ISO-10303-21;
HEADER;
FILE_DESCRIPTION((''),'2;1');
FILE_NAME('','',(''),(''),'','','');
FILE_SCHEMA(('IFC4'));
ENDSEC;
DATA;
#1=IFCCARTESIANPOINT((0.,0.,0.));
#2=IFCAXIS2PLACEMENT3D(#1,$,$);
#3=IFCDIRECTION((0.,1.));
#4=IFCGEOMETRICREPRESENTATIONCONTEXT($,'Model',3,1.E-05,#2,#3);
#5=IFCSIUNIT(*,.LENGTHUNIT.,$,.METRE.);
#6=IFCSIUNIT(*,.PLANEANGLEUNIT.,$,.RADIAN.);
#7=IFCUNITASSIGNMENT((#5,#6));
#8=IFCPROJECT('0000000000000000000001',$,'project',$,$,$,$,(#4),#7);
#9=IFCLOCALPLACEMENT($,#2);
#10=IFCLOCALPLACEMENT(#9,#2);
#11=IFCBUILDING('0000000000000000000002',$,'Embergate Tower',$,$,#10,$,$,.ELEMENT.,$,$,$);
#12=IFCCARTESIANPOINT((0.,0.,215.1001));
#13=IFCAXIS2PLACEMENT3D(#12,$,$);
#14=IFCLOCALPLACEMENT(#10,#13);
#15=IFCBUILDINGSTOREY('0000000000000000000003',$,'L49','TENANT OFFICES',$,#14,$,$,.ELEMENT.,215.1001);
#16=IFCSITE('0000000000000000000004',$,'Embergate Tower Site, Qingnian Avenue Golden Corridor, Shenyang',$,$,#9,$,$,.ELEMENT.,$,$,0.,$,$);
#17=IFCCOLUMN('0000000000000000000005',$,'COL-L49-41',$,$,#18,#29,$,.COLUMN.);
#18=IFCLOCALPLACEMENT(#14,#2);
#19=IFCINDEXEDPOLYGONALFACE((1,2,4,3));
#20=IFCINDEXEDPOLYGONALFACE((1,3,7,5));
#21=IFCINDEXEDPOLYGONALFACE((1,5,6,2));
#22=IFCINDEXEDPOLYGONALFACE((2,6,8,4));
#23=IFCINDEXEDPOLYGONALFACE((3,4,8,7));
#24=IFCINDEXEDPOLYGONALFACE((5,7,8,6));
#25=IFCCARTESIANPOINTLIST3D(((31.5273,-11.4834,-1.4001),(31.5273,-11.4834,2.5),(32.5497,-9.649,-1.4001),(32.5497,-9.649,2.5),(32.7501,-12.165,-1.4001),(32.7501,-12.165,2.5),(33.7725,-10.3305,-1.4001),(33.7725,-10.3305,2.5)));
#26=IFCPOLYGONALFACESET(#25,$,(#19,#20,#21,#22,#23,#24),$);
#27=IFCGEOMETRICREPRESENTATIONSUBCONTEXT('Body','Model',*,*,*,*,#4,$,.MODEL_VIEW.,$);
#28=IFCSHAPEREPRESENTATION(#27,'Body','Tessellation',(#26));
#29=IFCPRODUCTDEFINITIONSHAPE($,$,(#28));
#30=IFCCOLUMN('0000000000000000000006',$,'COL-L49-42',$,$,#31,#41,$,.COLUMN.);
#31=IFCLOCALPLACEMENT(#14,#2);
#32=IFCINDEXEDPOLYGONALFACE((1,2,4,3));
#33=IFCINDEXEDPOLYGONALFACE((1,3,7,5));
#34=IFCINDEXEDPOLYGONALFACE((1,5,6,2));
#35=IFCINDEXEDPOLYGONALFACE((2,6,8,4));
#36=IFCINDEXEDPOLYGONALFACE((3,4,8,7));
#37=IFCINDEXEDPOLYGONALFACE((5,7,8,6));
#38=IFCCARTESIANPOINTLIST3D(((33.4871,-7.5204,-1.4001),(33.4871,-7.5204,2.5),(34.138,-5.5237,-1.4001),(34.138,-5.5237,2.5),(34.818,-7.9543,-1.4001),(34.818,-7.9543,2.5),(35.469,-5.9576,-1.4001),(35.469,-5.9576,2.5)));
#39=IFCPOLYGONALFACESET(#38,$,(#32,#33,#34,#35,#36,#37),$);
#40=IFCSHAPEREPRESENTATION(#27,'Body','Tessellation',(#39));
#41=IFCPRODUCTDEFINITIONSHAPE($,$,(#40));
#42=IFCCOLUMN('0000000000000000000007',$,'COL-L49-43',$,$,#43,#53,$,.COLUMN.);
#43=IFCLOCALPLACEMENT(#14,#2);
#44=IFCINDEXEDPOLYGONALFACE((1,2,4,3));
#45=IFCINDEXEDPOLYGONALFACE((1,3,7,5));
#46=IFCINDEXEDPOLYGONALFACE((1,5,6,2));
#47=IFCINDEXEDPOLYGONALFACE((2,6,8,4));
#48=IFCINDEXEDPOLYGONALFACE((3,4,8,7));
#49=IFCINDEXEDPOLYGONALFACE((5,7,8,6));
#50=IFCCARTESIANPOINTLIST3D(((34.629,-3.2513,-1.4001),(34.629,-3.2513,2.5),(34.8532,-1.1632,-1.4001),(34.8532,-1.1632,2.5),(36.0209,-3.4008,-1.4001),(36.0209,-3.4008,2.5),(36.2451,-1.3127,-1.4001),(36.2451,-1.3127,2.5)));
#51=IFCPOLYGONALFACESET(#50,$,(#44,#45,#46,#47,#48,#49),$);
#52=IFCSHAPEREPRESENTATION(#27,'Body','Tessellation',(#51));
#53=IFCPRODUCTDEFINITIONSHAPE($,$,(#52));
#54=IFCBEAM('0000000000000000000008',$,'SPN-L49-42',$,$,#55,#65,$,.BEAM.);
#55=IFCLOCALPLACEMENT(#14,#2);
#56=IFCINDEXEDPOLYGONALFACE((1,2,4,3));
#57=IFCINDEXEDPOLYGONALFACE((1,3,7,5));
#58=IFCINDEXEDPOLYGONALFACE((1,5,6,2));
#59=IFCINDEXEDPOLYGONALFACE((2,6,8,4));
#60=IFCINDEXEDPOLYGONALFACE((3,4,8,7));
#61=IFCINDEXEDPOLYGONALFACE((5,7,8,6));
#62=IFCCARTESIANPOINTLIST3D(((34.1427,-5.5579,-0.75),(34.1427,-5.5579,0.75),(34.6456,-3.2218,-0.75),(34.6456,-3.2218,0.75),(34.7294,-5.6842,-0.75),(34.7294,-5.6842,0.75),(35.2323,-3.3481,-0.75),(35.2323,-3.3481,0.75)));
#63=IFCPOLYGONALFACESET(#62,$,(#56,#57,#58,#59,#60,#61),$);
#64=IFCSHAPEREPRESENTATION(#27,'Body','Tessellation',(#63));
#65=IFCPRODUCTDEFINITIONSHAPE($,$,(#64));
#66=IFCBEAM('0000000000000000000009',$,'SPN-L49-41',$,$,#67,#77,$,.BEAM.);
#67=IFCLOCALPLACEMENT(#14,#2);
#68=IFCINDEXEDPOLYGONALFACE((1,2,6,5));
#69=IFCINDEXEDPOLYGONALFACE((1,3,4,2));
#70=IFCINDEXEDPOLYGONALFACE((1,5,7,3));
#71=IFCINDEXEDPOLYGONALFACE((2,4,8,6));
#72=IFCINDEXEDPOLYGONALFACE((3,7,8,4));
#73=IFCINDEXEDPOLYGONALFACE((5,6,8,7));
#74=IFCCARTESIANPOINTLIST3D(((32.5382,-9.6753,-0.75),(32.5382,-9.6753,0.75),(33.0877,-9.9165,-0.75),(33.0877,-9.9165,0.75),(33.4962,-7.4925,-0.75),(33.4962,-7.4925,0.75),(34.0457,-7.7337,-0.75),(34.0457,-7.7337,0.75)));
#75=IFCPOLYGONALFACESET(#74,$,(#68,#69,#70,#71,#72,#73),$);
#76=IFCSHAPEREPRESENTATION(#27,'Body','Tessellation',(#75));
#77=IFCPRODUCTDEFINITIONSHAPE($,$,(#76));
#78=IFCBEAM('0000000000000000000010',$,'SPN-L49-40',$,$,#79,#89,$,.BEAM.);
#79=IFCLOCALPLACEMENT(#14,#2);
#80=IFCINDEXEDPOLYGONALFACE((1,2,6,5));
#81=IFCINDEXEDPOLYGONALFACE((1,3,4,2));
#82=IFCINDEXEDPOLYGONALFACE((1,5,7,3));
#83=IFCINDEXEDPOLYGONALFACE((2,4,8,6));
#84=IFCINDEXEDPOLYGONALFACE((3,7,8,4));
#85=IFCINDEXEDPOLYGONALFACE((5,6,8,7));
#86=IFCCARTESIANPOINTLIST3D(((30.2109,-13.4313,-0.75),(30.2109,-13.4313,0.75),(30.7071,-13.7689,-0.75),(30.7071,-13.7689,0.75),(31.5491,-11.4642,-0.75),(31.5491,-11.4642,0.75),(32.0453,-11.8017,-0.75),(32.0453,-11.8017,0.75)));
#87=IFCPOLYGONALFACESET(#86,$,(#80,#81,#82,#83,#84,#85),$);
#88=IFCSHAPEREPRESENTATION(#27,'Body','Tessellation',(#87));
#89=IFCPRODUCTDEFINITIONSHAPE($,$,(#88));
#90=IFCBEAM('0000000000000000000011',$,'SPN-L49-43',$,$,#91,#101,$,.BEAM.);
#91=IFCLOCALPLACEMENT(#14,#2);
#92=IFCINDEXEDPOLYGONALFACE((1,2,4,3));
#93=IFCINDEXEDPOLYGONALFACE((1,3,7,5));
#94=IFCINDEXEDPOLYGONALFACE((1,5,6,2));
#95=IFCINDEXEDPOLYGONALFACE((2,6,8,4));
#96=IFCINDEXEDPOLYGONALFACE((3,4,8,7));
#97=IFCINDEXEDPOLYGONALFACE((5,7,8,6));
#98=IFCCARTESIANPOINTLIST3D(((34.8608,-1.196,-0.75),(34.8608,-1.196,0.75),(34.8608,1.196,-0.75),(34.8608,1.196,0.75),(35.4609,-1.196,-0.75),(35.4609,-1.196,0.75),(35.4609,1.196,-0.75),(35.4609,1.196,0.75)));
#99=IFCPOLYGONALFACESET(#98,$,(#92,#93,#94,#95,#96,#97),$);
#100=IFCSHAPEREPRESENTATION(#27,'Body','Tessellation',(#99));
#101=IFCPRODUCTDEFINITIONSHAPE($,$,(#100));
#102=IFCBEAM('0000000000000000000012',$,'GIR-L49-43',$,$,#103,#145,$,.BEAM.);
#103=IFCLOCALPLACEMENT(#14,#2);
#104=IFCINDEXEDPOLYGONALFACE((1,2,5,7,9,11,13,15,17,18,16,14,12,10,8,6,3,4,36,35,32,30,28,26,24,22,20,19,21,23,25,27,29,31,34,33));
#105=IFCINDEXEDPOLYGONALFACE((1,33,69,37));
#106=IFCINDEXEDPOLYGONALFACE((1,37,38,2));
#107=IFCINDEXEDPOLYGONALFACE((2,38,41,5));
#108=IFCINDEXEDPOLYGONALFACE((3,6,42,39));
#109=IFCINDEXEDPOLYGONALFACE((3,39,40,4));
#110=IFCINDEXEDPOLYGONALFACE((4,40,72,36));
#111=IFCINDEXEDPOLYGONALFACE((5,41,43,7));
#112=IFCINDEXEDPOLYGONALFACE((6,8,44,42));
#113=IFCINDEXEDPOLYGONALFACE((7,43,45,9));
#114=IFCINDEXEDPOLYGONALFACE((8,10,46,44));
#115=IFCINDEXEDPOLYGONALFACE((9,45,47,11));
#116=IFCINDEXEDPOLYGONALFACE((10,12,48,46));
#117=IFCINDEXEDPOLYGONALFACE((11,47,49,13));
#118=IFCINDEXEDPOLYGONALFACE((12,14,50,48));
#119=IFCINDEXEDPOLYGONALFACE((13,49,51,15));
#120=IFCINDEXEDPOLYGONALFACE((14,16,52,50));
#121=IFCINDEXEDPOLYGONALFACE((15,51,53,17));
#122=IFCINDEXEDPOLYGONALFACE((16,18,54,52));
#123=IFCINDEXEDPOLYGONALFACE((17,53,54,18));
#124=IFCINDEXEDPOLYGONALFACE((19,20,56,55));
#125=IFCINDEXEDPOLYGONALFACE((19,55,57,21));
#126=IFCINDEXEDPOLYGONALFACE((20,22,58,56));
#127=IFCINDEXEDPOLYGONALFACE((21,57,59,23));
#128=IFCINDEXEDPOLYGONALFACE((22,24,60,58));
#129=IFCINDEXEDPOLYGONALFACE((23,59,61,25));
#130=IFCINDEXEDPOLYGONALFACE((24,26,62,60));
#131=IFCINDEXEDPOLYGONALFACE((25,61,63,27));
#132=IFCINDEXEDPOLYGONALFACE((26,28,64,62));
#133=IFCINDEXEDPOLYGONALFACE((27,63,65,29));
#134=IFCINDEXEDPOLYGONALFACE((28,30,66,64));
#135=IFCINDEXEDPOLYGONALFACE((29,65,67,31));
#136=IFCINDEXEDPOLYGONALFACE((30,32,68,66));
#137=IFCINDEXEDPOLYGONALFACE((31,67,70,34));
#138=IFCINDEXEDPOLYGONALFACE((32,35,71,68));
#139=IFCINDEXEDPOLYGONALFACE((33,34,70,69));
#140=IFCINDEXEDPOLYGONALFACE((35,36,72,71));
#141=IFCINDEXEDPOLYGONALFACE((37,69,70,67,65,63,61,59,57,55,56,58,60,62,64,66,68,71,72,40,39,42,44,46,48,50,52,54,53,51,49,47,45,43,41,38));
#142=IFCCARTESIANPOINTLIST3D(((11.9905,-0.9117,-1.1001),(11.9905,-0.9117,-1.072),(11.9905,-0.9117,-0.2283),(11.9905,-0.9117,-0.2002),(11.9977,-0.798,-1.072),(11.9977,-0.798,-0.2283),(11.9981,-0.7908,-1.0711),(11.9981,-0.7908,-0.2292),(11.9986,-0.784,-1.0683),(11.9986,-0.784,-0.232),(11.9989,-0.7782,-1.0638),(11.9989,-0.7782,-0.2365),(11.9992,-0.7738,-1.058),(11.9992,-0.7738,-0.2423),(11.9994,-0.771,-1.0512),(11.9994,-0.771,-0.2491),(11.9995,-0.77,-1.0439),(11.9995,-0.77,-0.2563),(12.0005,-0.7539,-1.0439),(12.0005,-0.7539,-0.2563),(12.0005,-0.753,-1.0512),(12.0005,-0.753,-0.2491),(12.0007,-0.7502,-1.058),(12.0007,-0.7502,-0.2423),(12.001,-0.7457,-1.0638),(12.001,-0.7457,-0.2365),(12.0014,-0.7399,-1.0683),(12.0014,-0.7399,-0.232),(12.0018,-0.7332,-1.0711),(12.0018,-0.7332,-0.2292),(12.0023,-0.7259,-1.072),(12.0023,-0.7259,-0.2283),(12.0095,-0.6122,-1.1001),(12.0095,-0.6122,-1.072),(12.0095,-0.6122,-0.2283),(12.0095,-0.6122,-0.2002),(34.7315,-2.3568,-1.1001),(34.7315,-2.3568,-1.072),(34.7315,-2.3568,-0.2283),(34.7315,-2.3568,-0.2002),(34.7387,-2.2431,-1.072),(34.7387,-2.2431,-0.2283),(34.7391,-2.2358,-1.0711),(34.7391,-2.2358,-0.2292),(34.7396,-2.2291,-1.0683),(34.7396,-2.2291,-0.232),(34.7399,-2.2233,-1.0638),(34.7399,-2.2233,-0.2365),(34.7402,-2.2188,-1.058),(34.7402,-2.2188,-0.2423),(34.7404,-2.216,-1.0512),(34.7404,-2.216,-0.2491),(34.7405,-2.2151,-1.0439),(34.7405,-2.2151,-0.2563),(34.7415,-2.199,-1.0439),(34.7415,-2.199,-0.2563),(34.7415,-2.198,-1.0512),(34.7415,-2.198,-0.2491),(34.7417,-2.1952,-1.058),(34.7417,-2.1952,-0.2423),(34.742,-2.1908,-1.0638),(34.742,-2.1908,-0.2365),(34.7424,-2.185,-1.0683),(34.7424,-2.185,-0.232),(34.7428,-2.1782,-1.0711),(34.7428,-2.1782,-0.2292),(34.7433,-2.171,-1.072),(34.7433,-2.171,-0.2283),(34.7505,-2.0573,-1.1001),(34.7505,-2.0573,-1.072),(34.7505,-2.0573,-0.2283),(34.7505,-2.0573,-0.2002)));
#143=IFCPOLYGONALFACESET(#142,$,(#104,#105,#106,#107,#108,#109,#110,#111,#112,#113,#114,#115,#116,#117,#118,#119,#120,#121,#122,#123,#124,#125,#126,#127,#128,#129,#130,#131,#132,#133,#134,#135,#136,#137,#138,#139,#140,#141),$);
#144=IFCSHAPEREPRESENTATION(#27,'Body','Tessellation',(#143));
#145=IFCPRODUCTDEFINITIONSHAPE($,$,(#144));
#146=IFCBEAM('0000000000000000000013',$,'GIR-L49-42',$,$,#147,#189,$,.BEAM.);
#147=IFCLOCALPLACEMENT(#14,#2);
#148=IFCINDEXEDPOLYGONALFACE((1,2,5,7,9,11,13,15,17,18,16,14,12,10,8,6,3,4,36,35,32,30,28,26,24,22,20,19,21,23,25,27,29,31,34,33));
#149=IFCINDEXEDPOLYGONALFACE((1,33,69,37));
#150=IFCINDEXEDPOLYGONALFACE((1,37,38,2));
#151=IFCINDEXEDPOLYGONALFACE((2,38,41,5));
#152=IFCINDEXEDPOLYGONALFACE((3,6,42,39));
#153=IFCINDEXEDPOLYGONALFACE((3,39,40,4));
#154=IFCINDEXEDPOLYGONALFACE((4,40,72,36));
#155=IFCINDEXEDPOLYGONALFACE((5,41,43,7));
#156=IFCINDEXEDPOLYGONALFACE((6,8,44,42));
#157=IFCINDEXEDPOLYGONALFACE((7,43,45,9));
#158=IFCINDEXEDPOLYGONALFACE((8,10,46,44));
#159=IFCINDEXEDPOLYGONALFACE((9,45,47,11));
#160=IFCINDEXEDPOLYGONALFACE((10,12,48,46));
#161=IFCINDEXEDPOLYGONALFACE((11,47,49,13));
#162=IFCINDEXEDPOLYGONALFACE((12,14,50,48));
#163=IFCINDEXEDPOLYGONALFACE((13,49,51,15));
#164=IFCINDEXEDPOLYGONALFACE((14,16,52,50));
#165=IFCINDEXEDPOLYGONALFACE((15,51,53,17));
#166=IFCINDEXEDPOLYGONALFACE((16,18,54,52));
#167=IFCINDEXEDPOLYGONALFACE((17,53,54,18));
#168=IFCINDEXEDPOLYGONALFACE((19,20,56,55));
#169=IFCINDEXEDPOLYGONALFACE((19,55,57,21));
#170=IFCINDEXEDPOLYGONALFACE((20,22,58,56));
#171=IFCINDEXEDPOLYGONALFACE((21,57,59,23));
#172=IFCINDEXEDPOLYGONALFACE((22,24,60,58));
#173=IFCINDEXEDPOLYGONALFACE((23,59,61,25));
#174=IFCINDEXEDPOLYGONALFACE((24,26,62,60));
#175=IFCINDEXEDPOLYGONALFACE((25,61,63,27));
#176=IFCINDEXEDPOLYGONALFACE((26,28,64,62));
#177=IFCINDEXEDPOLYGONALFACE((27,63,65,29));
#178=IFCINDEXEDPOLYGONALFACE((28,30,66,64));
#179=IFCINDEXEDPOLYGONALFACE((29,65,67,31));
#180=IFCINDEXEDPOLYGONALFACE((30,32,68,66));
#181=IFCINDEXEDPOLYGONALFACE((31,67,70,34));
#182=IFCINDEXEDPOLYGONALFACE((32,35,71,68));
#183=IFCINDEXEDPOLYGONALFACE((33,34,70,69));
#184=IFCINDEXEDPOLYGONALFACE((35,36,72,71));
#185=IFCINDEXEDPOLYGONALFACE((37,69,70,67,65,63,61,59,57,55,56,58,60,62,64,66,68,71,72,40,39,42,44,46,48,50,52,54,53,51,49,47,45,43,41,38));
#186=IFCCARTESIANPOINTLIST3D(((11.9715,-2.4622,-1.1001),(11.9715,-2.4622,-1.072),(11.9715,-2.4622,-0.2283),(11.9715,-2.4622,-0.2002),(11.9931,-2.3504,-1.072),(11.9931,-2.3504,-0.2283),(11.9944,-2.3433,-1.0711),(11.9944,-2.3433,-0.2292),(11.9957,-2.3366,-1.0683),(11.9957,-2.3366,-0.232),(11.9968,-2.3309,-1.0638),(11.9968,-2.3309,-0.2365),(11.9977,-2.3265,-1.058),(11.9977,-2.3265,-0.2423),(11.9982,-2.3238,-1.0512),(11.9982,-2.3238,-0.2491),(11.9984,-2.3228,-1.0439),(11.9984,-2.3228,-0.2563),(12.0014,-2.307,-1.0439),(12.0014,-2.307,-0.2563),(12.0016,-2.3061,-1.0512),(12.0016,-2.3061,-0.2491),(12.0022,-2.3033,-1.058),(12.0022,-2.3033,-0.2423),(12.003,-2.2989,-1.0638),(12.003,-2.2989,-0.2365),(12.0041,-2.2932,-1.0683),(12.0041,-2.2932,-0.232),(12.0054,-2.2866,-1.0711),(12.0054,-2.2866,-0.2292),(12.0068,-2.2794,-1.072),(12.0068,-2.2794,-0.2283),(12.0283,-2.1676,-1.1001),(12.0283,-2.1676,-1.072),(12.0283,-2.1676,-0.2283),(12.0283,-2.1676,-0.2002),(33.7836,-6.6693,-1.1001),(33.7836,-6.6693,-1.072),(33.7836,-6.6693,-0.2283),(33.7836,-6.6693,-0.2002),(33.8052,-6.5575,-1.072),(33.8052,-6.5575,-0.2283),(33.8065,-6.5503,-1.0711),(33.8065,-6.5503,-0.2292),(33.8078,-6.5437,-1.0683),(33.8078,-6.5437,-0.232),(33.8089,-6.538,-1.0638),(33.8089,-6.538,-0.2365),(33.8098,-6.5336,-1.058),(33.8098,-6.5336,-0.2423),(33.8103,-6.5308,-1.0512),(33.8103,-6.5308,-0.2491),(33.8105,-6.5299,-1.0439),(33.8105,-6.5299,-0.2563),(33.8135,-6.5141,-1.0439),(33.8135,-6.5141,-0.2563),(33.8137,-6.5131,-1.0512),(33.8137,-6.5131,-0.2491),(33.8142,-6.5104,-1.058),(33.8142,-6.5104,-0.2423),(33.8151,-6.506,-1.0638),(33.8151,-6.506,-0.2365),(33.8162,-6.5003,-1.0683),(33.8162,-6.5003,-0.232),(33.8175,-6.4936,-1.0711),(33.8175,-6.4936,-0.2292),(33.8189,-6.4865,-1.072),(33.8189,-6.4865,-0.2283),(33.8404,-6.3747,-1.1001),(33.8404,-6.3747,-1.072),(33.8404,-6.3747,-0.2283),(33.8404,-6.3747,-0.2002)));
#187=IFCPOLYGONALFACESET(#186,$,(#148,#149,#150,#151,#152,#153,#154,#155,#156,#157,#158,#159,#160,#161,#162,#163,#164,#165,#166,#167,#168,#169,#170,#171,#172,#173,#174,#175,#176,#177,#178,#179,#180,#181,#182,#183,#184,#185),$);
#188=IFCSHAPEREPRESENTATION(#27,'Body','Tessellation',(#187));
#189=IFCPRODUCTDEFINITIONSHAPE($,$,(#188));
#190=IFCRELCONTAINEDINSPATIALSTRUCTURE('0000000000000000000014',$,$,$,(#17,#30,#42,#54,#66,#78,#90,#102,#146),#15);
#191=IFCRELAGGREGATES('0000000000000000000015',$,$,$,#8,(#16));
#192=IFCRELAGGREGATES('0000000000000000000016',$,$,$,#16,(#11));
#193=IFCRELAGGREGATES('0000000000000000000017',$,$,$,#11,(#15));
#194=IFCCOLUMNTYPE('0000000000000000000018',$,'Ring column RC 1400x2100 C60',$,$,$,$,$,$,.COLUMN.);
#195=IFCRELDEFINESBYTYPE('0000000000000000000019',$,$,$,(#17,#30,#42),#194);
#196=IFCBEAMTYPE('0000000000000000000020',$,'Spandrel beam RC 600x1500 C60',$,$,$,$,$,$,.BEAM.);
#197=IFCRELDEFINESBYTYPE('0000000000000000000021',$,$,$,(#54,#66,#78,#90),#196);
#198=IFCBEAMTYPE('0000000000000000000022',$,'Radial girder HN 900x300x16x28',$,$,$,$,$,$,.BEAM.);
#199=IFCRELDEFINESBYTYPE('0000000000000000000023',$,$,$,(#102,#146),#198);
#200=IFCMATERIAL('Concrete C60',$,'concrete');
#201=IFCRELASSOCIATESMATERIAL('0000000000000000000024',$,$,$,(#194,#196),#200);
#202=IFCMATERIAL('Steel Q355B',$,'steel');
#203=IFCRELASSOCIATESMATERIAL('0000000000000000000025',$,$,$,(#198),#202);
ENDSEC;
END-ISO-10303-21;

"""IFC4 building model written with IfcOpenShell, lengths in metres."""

from ifc_helpers import new_model, si_unit, direction, frame, origin, origin_2d, place, context, subcontext, project, spatial, rectangle, i_section, extrude, source, transform, mapped, material, material_profile, profile_set, type_object, element, save


model = new_model("IFC4")

# Units and contexts
model_context = context("Model", 3, precision=1e-05, world=origin(), true_north=direction((0.0, 1.0)))
body_context = subcontext(model_context, "Body", "Model", "MODEL_VIEW")
ifc_project = project(units=[si_unit("LENGTHUNIT", "METRE"), si_unit("PLANEANGLEUNIT", "RADIAN")], contexts=[model_context])

# Site, building, storey
site_placement = place(None, origin())
site = spatial("IfcSite", under=ifc_project, at=site_placement, Name="Embergate Tower Site, Qingnian Avenue Golden Corridor, Shenyang", CompositionType="ELEMENT", RefElevation=0.0)
building_placement = place(site_placement, origin())
building = spatial("IfcBuilding", under=site, at=building_placement, Name="Embergate Tower", CompositionType="ELEMENT")
storey_placement = place(building_placement, frame((0.0, 0.0, 215.1001)))
storey = spatial("IfcBuildingStorey", under=building, at=storey_placement, Name="L49", Description="TENANT OFFICES", CompositionType="ELEMENT", Elevation=215.1001)

# Columns
ifc_material_1 = material(Name="Concrete C60", Category="concrete")
ifc_material_profile_1 = material_profile(ifc_material_1, rectangle(XDim=1.3999, YDim=2.1001, at=origin_2d()), Name="RC 1400x2100")
ifc_profile_set_1 = profile_set([ifc_material_profile_1], Name="Concrete C60")
column_type = type_object("IfcColumnType", Name="Ring column RC 1400x2100 C60", PredefinedType="COLUMN", material=ifc_profile_set_1)
shared_shape_1 = source(origin(), body_context, "Body", "SweptSolid", [
    extrude(rectangle(XDim=1.3999, YDim=2.1001, at=origin_2d()), origin(), (0.0, 0.0, 1.0), 3.9001),
])
for number, where, z_axis, x_axis, name in (
    (1, (32.6499, -10.907, -1.4001), (0.0, 0.0, 1.0), (0.8735, -0.486823, 0.0), "COL-L49-41"),
    (2, (34.478, -6.739, -1.4001), (0.0, 0.0, 1.0), (0.950754, -0.309946, 0.0), "COL-L49-42"),
    (3, (35.437, -2.282, -1.4001), (0.0, 0.0, 1.0), (0.994286, -0.10675, 0.0), "COL-L49-43"),
):
    element("IfcColumn", number, at=place(storey_placement, frame(where, z_axis=z_axis, x_axis=x_axis)), inside=storey, type_object=column_type, Name=name, PredefinedType="COLUMN", context=body_context, shape_type="MappedRepresentation", body=[
        mapped(shared_shape_1, transform((0.0, 0.0, 0.0))),
    ])

# Beams
ifc_material_profile_2 = material_profile(ifc_material_1, rectangle(XDim=0.6001, YDim=1.5, at=origin_2d()), Name="RC 600x1500")
ifc_profile_set_2 = profile_set([ifc_material_profile_2], Name="Concrete C60")
beam_type_1 = type_object("IfcBeamType", Name="Spandrel beam RC 600x1500 C60", PredefinedType="BEAM", material=ifc_profile_set_2)
shared_shape_2 = source(origin(), body_context, "Body", "SweptSolid", [
    extrude(rectangle(XDim=0.6001, YDim=1.5, at=origin_2d()), origin(), (0.0, 0.0, 1.0), 2.3896),
])
beam_1_placement = place(storey_placement, frame((34.436, -5.6211, 0.0), z_axis=(0.210457, 0.977603, 0.0), x_axis=(-0.977603, 0.210457, 0.0)))
element("IfcBeam", 4, at=beam_1_placement, inside=storey, type_object=beam_type_1, Name="SPN-L49-42", PredefinedType="BEAM", context=body_context, shape_type="MappedRepresentation", body=[
    mapped(shared_shape_2, transform((0.0, 0.0, 0.0))),
])
shared_shape_3 = source(origin(), body_context, "Body", "SweptSolid", [
    extrude(rectangle(XDim=0.6001, YDim=1.5, at=origin_2d()), origin(), (0.0, 0.0, 1.0), 2.3838),
])
beam_2_placement = place(storey_placement, frame((32.813, -9.7959, 0.0), z_axis=(0.401877, 0.915694, 0.0), x_axis=(-0.915694, 0.401877, 0.0)))
element("IfcBeam", 5, at=beam_2_placement, inside=storey, type_object=beam_type_1, Name="SPN-L49-41", PredefinedType="BEAM", context=body_context, shape_type="MappedRepresentation", body=[
    mapped(shared_shape_3, transform((0.0, 0.0, 0.0))),
])
shared_shape_4 = source(origin(), body_context, "Body", "SweptSolid", [
    extrude(rectangle(XDim=0.6001, YDim=1.5, at=origin_2d()), origin(), (0.0, 0.0, 1.0), 2.3792),
])
beam_3_placement = place(storey_placement, frame((30.459, -13.6001, 0.0), z_axis=(0.562467, 0.82682, 0.0), x_axis=(-0.82682, 0.562467, 0.0)))
element("IfcBeam", 6, at=beam_3_placement, inside=storey, type_object=beam_type_1, Name="SPN-L49-40", PredefinedType="BEAM", context=body_context, shape_type="MappedRepresentation", body=[
    mapped(shared_shape_4, transform((0.0, 0.0, 0.0))),
])
shared_shape_5 = source(origin(), body_context, "Body", "SweptSolid", [
    extrude(rectangle(XDim=0.6001, YDim=1.5, at=origin_2d()), origin(), (0.0, 0.0, 1.0), 2.3921),
])
beam_4_placement = place(storey_placement, frame((35.1609, -1.196, 0.0), z_axis=(0.0, 1.0, 0.0), x_axis=(-1.0, 0.0, 0.0)))
element("IfcBeam", 7, at=beam_4_placement, inside=storey, type_object=beam_type_1, Name="SPN-L49-43", PredefinedType="BEAM", context=body_context, shape_type="MappedRepresentation", body=[
    mapped(shared_shape_5, transform((0.0, 0.0, 0.0))),
])
ifc_material_2 = material(Name="Steel Q355B", Category="steel")
ifc_material_profile_3 = material_profile(ifc_material_2, i_section(OverallWidth=0.3, OverallDepth=0.8999, WebThickness=0.0161, FlangeThickness=0.0281, FilletRadius=0.0281, at=origin_2d()), Name="HN 900x300x16x28")
ifc_profile_set_3 = profile_set([ifc_material_profile_3], Name="Steel Q355 grade B")
beam_type_2 = type_object("IfcBeamType", Name="Radial girder HN 900x300x16x28", PredefinedType="BEAM", material=ifc_profile_set_3)
shared_shape_6 = source(origin(), body_context, "Body", "SweptSolid", [
    extrude(i_section(OverallWidth=0.3, OverallDepth=0.8999, WebThickness=0.0161, FlangeThickness=0.0281, FilletRadius=0.0281, at=origin_2d()), origin(), (0.0, 0.0, 1.0), 22.7869),
])
beam_5_placement = place(storey_placement, frame((34.741, -2.207, -0.6501), z_axis=(-0.997987, 0.063417, 0.0), x_axis=(-0.063417, -0.997987, 0.0)))
element("IfcBeam", 8, at=beam_5_placement, inside=storey, type_object=beam_type_2, Name="GIR-L49-43", PredefinedType="BEAM", context=body_context, shape_type="MappedRepresentation", body=[
    mapped(shared_shape_6, transform((0.0, 0.0, 0.0))),
])
shared_shape_7 = source(origin(), body_context, "Body", "SweptSolid", [
    extrude(i_section(OverallWidth=0.3, OverallDepth=0.8999, WebThickness=0.0161, FlangeThickness=0.0281, FilletRadius=0.0281, at=origin_2d()), origin(), (0.0, 0.0, 1.0), 22.2141),
])
beam_6_placement = place(storey_placement, frame((33.812, -6.522, -0.6501), z_axis=(-0.981903, 0.189386, 0.0), x_axis=(-0.189386, -0.981903, 0.0)))
element("IfcBeam", 9, at=beam_6_placement, inside=storey, type_object=beam_type_2, Name="GIR-L49-42", PredefinedType="BEAM", context=body_context, shape_type="MappedRepresentation", body=[
    mapped(shared_shape_7, transform((0.0, 0.0, 0.0))),
])

save(model, "model.ifc")
